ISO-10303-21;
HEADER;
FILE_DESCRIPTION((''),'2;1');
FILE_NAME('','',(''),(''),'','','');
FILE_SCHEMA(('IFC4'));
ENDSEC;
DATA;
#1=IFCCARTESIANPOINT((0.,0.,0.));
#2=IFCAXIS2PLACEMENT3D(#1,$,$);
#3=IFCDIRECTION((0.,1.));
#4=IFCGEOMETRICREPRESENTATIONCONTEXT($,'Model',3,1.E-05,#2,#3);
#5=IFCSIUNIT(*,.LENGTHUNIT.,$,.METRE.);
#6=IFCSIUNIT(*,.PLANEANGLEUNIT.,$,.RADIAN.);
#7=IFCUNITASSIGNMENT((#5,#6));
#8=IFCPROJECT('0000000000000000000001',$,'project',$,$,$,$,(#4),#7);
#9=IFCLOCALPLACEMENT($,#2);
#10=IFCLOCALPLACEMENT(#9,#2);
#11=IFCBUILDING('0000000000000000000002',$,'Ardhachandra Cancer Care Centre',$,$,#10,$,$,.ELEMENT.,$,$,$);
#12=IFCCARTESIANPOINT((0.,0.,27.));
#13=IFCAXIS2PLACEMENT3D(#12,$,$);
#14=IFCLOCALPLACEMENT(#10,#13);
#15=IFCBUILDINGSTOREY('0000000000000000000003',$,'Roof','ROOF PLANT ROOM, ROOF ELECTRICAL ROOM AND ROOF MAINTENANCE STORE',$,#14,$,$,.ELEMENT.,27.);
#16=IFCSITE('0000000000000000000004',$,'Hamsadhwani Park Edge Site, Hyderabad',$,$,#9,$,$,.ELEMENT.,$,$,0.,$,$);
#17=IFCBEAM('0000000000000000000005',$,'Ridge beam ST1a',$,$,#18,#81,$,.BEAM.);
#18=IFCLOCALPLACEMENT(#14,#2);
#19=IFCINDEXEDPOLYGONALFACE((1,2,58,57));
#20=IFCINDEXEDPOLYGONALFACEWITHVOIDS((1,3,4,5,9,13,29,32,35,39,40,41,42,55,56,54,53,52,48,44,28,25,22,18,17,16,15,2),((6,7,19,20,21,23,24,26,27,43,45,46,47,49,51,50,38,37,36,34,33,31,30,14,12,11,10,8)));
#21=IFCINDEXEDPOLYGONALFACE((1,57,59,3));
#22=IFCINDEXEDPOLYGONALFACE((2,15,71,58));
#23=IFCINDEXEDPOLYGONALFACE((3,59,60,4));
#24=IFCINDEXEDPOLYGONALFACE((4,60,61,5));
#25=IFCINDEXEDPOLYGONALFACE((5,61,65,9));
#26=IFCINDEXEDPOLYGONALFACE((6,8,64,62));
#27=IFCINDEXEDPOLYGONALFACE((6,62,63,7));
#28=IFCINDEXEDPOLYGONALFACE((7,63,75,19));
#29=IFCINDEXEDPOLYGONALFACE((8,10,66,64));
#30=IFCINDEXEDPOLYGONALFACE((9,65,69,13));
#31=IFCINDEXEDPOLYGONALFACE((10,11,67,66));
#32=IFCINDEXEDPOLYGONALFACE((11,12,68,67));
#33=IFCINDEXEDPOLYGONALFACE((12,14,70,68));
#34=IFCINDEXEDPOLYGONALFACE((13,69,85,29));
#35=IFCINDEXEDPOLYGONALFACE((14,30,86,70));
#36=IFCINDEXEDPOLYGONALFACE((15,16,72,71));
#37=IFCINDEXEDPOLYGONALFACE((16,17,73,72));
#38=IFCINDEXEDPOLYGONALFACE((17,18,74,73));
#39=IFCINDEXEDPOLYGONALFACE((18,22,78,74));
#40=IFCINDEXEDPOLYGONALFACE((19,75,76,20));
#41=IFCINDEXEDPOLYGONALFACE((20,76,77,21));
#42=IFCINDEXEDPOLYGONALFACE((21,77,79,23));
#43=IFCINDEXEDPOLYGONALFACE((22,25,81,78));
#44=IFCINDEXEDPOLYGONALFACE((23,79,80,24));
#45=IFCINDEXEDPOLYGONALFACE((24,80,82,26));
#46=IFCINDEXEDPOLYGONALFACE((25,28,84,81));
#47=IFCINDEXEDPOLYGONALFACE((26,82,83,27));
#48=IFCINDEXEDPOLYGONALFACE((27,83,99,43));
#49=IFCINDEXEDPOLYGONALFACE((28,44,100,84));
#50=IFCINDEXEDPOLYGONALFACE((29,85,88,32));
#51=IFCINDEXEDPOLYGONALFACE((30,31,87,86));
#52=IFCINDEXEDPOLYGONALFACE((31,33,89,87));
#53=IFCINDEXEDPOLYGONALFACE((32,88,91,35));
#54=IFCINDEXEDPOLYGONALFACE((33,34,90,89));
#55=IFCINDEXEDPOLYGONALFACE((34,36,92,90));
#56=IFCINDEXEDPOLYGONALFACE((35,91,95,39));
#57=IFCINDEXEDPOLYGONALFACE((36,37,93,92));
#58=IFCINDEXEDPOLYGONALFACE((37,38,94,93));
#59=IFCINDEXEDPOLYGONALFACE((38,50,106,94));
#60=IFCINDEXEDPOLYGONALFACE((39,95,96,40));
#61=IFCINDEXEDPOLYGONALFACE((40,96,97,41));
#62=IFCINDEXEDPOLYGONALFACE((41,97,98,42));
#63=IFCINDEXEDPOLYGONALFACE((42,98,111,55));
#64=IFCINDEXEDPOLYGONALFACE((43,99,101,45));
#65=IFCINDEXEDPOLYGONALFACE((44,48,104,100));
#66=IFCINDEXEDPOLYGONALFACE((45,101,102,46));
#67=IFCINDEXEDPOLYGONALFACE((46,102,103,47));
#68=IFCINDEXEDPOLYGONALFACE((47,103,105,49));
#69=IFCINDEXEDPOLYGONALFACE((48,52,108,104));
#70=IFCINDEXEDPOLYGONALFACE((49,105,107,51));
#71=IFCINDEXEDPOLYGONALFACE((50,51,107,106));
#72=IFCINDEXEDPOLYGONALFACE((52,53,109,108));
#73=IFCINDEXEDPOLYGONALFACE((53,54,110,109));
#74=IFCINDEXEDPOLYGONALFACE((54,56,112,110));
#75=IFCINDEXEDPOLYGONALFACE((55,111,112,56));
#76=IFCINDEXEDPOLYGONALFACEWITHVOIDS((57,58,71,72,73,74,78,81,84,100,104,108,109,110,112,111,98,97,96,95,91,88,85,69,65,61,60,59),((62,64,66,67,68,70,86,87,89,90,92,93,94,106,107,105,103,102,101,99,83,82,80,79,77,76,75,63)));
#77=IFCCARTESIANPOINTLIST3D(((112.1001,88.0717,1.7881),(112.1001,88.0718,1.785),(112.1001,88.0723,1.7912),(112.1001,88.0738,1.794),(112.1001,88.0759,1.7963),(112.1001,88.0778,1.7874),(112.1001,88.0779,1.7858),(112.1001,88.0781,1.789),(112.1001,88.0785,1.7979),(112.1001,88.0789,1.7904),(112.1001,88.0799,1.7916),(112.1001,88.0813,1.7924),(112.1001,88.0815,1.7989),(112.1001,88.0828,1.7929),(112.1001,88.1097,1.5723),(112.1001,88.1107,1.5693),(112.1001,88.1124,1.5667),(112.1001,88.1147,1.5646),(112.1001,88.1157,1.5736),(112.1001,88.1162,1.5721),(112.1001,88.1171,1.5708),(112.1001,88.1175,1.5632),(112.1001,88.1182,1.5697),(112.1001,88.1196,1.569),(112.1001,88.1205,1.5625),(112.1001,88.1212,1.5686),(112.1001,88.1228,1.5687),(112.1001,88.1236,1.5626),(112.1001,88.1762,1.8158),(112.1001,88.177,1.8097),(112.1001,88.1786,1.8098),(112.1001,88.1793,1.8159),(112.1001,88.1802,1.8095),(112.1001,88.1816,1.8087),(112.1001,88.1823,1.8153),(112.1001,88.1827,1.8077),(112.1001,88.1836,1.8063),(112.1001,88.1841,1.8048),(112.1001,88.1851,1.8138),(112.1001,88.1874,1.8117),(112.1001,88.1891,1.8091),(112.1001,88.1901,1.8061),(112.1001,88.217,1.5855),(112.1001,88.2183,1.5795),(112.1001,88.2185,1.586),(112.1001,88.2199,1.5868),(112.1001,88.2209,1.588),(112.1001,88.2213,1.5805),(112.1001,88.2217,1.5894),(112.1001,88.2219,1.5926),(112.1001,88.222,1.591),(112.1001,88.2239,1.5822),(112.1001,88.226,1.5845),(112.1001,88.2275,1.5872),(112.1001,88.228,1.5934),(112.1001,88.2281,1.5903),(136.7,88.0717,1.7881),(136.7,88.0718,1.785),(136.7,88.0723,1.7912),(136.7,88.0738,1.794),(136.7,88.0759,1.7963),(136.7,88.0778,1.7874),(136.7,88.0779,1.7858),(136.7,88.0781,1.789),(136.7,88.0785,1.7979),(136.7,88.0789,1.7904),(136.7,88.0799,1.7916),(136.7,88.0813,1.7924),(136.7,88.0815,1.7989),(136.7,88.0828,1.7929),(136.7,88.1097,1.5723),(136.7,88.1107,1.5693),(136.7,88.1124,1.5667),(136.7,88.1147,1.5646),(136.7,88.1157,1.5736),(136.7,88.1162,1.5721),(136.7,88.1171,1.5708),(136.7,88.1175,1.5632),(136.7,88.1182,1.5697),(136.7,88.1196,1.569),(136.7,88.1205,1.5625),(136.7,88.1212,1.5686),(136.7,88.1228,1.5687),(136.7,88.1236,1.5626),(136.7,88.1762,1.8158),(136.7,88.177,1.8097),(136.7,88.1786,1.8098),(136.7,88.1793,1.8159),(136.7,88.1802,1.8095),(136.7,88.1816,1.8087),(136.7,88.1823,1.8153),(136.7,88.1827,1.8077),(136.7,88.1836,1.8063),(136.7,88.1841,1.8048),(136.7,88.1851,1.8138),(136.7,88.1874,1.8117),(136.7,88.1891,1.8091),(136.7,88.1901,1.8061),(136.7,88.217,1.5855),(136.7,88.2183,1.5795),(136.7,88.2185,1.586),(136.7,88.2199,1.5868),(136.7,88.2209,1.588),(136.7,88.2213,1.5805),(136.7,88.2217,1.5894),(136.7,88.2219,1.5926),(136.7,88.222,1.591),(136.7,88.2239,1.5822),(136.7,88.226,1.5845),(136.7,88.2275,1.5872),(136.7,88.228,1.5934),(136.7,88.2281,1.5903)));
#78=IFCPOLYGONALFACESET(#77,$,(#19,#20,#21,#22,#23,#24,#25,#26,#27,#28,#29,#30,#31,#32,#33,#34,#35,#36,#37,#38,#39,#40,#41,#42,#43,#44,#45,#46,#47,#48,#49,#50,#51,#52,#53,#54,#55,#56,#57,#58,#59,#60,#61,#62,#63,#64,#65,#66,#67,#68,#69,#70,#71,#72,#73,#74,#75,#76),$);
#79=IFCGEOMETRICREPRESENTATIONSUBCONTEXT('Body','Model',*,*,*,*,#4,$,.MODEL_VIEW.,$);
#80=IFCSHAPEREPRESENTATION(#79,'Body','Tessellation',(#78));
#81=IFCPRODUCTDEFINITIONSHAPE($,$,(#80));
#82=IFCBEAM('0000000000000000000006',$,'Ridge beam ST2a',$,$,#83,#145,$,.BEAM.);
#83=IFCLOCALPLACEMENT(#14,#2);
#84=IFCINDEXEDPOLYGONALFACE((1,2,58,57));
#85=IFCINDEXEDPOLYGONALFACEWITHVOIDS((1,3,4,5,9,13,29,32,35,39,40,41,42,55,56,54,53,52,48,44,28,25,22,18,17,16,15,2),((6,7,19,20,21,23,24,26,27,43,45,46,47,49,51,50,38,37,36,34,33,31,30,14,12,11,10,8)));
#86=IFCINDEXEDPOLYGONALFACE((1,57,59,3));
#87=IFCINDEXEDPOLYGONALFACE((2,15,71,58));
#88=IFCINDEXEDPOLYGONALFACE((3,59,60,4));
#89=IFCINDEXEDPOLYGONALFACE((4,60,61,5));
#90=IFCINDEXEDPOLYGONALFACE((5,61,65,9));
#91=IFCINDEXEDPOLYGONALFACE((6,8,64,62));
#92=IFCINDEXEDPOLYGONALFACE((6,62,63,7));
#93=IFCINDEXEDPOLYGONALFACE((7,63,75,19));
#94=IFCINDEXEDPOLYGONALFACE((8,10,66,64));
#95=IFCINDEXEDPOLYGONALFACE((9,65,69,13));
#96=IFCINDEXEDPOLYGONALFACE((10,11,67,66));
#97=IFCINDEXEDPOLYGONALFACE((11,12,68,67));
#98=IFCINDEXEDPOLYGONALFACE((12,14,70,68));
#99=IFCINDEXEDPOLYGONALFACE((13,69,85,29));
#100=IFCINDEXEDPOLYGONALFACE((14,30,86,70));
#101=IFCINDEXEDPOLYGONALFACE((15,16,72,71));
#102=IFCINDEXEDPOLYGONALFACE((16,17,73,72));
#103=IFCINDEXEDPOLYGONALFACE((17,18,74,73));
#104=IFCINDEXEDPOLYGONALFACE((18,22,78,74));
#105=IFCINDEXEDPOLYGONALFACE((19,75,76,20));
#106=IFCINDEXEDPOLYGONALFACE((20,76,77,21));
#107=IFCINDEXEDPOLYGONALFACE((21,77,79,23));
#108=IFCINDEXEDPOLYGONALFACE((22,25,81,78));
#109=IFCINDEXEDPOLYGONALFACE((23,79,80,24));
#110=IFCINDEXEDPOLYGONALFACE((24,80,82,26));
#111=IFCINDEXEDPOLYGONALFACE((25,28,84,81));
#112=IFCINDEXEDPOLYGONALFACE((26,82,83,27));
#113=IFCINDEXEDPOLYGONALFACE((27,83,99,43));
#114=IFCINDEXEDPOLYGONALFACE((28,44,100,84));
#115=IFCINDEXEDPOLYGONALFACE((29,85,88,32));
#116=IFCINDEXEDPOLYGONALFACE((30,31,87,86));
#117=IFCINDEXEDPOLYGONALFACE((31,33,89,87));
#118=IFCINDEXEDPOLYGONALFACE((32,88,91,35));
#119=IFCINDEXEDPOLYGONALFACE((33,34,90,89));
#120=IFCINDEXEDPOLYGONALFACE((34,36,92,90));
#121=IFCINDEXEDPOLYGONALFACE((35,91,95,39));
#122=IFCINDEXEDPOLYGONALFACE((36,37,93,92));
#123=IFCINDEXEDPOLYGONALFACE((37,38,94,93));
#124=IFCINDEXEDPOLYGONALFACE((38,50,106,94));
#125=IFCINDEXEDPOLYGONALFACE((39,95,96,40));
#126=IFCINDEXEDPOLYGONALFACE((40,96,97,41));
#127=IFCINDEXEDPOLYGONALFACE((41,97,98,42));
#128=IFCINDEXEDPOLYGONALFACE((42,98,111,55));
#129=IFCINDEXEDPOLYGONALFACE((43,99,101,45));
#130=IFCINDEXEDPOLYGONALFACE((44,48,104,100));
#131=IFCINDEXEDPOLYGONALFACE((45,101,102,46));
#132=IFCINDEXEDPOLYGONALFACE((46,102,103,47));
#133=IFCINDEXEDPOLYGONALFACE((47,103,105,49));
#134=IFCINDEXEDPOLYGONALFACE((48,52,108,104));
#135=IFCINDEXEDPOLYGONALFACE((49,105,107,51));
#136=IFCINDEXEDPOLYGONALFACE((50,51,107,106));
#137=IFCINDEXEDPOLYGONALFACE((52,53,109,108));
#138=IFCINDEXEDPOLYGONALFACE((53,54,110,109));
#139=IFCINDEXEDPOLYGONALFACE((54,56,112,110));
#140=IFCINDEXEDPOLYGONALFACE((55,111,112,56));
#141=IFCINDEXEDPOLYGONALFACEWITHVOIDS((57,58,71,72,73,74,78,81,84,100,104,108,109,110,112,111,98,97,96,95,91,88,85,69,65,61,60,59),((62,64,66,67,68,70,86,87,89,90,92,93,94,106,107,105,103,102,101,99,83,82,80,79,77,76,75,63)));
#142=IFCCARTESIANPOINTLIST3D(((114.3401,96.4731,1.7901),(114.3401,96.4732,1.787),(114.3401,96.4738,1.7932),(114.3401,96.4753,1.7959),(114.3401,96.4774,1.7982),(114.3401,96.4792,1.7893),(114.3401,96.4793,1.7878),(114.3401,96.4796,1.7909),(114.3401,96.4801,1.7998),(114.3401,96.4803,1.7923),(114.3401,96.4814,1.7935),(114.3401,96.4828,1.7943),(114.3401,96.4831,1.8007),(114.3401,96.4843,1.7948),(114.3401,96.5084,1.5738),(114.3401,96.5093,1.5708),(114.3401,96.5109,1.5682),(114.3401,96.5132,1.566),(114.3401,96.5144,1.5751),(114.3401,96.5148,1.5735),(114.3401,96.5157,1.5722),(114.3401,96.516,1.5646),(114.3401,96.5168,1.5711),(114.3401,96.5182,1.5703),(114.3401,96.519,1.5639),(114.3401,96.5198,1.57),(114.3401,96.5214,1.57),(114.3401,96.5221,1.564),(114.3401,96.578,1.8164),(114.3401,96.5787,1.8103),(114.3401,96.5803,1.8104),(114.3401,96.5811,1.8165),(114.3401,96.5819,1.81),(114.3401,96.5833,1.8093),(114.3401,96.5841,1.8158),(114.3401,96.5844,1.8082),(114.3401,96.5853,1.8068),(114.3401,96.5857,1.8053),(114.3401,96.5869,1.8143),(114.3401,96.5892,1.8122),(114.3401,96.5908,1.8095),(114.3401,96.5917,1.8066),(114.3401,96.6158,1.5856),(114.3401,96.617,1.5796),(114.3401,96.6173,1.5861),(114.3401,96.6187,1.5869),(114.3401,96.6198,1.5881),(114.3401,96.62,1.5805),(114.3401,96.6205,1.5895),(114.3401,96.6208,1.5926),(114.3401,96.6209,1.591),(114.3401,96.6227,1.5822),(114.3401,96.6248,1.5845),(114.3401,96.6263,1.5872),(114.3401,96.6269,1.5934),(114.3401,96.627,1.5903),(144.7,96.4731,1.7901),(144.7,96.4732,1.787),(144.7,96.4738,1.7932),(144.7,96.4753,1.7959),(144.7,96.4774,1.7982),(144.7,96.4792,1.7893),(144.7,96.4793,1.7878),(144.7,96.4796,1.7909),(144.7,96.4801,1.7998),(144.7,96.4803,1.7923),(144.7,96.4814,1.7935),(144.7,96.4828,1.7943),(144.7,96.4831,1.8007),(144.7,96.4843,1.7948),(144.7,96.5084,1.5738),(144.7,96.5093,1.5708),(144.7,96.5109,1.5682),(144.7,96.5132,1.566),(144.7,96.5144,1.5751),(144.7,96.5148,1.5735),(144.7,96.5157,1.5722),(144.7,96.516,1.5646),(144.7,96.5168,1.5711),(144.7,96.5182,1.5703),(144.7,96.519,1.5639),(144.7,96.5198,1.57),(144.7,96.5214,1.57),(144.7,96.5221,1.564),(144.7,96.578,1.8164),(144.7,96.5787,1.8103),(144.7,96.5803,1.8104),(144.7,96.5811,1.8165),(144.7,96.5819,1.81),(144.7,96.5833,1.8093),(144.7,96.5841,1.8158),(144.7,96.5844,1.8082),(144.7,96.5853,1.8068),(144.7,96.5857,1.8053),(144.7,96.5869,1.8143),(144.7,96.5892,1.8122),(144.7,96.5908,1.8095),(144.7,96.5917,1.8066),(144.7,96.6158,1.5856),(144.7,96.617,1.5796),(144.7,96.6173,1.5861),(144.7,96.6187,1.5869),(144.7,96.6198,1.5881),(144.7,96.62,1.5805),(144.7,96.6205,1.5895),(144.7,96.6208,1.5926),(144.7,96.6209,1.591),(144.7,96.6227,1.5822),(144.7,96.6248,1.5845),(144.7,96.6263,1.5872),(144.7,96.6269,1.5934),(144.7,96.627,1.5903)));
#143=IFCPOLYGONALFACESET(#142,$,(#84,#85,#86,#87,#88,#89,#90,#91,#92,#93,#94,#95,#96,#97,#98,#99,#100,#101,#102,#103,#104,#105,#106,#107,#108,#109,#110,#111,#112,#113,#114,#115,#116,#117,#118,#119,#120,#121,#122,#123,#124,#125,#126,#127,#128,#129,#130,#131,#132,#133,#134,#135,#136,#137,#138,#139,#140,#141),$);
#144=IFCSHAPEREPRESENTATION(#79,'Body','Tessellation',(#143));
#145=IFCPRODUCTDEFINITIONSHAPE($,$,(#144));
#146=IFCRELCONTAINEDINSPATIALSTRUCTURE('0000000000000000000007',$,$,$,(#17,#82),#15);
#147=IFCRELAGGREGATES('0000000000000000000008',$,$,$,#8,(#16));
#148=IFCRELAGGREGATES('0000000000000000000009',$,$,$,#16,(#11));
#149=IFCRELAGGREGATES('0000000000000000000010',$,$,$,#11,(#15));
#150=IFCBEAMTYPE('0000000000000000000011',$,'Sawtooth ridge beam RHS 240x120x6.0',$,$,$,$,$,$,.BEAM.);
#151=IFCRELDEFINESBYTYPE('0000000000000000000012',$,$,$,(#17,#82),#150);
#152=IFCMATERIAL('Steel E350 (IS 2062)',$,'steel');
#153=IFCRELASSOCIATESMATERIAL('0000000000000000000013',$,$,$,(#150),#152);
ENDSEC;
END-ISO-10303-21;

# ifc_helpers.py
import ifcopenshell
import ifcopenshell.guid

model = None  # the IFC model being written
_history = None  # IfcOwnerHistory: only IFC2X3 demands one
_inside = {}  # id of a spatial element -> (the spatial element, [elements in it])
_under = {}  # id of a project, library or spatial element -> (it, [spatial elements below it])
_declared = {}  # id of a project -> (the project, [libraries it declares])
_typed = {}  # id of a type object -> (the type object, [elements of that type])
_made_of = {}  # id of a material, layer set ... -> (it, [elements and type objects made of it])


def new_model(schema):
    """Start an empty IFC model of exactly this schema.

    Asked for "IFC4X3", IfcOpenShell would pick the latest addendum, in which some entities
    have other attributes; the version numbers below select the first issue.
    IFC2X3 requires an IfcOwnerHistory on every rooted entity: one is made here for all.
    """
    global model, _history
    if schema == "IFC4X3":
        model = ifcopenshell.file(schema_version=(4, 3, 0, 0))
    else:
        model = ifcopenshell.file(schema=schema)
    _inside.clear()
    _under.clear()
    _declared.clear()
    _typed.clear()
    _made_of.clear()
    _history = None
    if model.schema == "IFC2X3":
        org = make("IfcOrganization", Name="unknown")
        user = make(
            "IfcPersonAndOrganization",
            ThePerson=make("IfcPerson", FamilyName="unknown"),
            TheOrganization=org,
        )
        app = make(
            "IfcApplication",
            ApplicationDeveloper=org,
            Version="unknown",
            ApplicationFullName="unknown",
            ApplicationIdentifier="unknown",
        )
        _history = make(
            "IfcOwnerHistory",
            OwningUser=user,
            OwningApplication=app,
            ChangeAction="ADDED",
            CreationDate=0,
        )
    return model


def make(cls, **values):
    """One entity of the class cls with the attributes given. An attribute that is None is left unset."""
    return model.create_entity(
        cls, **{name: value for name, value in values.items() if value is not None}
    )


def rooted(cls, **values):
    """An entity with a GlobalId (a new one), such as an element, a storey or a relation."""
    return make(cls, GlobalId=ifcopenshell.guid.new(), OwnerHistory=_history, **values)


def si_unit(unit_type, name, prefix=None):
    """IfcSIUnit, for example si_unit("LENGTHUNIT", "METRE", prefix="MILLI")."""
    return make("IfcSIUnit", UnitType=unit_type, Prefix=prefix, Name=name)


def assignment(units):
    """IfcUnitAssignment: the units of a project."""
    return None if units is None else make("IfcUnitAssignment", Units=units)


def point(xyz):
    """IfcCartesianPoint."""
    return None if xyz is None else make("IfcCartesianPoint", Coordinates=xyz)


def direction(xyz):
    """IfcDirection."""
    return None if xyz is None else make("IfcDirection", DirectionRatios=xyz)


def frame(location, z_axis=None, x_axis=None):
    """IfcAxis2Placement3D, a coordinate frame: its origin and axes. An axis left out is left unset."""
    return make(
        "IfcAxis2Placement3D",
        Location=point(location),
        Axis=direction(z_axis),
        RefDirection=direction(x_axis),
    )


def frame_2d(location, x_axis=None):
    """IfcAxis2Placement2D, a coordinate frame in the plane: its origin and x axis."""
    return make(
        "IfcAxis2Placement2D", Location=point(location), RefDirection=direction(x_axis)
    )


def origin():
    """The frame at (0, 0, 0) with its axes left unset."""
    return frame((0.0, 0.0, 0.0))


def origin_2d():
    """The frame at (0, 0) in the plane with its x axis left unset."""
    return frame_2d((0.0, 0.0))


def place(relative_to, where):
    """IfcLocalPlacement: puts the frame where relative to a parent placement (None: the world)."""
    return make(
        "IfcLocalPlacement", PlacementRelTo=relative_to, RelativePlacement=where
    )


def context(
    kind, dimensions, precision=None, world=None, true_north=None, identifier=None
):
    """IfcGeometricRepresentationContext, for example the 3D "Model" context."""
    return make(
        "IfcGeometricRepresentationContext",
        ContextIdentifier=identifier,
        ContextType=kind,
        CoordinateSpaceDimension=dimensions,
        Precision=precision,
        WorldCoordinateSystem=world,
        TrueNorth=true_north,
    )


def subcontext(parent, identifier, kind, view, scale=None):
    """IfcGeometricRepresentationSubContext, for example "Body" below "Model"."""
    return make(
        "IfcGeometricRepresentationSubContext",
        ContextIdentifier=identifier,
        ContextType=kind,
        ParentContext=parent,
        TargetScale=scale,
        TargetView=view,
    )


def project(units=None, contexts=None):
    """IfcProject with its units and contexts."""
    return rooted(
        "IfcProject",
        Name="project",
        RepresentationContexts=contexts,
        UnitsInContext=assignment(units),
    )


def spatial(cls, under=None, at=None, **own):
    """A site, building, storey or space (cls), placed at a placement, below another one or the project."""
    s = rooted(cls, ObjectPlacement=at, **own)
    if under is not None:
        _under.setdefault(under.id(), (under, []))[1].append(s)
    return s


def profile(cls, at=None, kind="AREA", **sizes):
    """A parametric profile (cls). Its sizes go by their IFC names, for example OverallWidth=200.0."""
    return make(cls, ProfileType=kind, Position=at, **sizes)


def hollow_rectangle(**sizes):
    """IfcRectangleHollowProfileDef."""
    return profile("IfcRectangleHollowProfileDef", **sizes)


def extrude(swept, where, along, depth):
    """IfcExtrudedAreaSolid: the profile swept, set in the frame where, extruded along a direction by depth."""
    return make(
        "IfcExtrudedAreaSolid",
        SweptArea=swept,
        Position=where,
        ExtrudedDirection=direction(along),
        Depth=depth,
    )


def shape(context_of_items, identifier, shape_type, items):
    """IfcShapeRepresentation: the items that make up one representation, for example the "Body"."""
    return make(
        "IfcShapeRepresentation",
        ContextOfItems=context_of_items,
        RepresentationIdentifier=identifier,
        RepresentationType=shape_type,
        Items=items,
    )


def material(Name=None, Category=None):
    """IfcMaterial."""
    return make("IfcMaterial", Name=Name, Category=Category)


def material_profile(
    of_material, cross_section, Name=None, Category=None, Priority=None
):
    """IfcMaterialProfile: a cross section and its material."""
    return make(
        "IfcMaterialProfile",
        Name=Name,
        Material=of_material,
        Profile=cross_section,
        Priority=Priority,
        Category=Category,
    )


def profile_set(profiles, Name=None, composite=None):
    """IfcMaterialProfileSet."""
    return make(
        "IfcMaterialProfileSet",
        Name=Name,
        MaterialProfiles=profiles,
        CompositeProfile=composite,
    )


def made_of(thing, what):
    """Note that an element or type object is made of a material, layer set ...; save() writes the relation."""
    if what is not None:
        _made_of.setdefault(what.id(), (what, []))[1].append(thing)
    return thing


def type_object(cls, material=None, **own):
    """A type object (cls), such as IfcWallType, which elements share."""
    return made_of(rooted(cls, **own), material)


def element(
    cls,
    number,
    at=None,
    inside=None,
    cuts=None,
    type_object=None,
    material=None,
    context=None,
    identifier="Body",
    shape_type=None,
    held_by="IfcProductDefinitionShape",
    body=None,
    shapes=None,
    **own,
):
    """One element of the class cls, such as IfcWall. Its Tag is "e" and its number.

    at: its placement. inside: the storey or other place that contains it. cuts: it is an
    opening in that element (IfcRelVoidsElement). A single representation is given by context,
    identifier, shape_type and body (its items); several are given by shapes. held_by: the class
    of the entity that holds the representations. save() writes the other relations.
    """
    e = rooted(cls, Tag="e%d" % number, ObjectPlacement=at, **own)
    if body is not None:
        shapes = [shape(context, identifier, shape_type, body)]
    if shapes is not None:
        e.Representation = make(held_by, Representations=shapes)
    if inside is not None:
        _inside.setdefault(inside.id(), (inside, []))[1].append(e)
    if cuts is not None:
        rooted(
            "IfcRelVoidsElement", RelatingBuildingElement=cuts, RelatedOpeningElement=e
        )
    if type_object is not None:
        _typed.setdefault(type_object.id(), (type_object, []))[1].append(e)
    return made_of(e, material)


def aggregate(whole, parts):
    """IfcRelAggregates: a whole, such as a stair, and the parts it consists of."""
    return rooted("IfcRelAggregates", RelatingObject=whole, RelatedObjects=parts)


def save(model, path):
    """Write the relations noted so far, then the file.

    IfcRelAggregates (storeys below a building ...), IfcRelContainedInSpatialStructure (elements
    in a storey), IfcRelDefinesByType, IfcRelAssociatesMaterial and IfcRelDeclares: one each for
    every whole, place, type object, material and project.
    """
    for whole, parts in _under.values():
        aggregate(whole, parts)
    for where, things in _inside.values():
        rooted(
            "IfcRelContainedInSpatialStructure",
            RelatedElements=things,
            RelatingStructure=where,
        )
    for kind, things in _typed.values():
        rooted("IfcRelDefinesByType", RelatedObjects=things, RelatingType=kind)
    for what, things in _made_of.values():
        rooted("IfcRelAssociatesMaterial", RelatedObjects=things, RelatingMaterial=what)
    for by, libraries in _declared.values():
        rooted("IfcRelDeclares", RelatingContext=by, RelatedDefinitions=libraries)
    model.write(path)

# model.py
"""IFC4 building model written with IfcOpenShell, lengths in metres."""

from ifc_helpers import new_model, si_unit, direction, frame, origin, origin_2d, place, context, subcontext, project, spatial, hollow_rectangle, extrude, material, material_profile, profile_set, type_object, element, save


model = new_model("IFC4")

# Units and contexts
model_context = context("Model", 3, precision=1e-05, world=origin(), true_north=direction((0.0, 1.0)))
body_context = subcontext(model_context, "Body", "Model", "MODEL_VIEW")
ifc_project = project(units=[si_unit("LENGTHUNIT", "METRE"), si_unit("PLANEANGLEUNIT", "RADIAN")], contexts=[model_context])

# Site, building, storey
site_placement = place(None, origin())
site = spatial("IfcSite", under=ifc_project, at=site_placement, Name="Hamsadhwani Park Edge Site, Hyderabad", CompositionType="ELEMENT", RefElevation=0.0)
building_placement = place(site_placement, origin())
building = spatial("IfcBuilding", under=site, at=building_placement, Name="Ardhachandra Cancer Care Centre", CompositionType="ELEMENT")
storey_placement = place(building_placement, frame((0.0, 0.0, 27.0)))
storey = spatial("IfcBuildingStorey", under=building, at=storey_placement, Name="Roof", Description="ROOF PLANT ROOM, ROOF ELECTRICAL ROOM AND ROOF MAINTENANCE STORE", CompositionType="ELEMENT", Elevation=27.0)

# Beams
ifc_material_1 = material(Name="Steel E350 (IS 2062)", Category="steel")
ifc_material_profile_1 = material_profile(ifc_material_1, hollow_rectangle(XDim=0.1201, YDim=0.24, WallThickness=0.0061, InnerFilletRadius=0.0061, OuterFilletRadius=0.012, at=origin_2d()), Name="RHS 240x120x6.0")
ifc_profile_set_1 = profile_set([ifc_material_profile_1], Name="Steel E350 (IS 2062)")
beam_type = type_object("IfcBeamType", Name="Sawtooth ridge beam RHS 240x120x6.0", PredefinedType="BEAM", material=ifc_profile_set_1)
beam_1_placement = place(storey_placement, frame((112.1001, 88.1499, 1.6892), z_axis=(1.0, 0.0, 0.0), x_axis=(0.0, 0.98446, 0.175606)))
element("IfcBeam", 1, at=beam_1_placement, inside=storey, type_object=beam_type, Name="Ridge beam ST1a", PredefinedType="BEAM", context=body_context, shape_type="SweptSolid", body=[
    extrude(hollow_rectangle(XDim=0.1201, YDim=0.24, WallThickness=0.0061, InnerFilletRadius=0.0061, OuterFilletRadius=0.012, at=origin_2d()), origin(), (0.0, 0.0, 1.0), 24.5999),
])
beam_2_placement = place(storey_placement, frame((114.3401, 96.55, 1.6902), z_axis=(1.0, 0.0, 0.0), x_axis=(0.0, 0.986659, 0.162799)))
element("IfcBeam", 2, at=beam_2_placement, inside=storey, type_object=beam_type, Name="Ridge beam ST2a", PredefinedType="BEAM", context=body_context, shape_type="SweptSolid", body=[
    extrude(hollow_rectangle(XDim=0.1201, YDim=0.24, WallThickness=0.0061, InnerFilletRadius=0.0061, OuterFilletRadius=0.012, at=origin_2d()), origin(), (0.0, 0.0, 1.0), 30.3599),
])

save(model, "model.ifc")
